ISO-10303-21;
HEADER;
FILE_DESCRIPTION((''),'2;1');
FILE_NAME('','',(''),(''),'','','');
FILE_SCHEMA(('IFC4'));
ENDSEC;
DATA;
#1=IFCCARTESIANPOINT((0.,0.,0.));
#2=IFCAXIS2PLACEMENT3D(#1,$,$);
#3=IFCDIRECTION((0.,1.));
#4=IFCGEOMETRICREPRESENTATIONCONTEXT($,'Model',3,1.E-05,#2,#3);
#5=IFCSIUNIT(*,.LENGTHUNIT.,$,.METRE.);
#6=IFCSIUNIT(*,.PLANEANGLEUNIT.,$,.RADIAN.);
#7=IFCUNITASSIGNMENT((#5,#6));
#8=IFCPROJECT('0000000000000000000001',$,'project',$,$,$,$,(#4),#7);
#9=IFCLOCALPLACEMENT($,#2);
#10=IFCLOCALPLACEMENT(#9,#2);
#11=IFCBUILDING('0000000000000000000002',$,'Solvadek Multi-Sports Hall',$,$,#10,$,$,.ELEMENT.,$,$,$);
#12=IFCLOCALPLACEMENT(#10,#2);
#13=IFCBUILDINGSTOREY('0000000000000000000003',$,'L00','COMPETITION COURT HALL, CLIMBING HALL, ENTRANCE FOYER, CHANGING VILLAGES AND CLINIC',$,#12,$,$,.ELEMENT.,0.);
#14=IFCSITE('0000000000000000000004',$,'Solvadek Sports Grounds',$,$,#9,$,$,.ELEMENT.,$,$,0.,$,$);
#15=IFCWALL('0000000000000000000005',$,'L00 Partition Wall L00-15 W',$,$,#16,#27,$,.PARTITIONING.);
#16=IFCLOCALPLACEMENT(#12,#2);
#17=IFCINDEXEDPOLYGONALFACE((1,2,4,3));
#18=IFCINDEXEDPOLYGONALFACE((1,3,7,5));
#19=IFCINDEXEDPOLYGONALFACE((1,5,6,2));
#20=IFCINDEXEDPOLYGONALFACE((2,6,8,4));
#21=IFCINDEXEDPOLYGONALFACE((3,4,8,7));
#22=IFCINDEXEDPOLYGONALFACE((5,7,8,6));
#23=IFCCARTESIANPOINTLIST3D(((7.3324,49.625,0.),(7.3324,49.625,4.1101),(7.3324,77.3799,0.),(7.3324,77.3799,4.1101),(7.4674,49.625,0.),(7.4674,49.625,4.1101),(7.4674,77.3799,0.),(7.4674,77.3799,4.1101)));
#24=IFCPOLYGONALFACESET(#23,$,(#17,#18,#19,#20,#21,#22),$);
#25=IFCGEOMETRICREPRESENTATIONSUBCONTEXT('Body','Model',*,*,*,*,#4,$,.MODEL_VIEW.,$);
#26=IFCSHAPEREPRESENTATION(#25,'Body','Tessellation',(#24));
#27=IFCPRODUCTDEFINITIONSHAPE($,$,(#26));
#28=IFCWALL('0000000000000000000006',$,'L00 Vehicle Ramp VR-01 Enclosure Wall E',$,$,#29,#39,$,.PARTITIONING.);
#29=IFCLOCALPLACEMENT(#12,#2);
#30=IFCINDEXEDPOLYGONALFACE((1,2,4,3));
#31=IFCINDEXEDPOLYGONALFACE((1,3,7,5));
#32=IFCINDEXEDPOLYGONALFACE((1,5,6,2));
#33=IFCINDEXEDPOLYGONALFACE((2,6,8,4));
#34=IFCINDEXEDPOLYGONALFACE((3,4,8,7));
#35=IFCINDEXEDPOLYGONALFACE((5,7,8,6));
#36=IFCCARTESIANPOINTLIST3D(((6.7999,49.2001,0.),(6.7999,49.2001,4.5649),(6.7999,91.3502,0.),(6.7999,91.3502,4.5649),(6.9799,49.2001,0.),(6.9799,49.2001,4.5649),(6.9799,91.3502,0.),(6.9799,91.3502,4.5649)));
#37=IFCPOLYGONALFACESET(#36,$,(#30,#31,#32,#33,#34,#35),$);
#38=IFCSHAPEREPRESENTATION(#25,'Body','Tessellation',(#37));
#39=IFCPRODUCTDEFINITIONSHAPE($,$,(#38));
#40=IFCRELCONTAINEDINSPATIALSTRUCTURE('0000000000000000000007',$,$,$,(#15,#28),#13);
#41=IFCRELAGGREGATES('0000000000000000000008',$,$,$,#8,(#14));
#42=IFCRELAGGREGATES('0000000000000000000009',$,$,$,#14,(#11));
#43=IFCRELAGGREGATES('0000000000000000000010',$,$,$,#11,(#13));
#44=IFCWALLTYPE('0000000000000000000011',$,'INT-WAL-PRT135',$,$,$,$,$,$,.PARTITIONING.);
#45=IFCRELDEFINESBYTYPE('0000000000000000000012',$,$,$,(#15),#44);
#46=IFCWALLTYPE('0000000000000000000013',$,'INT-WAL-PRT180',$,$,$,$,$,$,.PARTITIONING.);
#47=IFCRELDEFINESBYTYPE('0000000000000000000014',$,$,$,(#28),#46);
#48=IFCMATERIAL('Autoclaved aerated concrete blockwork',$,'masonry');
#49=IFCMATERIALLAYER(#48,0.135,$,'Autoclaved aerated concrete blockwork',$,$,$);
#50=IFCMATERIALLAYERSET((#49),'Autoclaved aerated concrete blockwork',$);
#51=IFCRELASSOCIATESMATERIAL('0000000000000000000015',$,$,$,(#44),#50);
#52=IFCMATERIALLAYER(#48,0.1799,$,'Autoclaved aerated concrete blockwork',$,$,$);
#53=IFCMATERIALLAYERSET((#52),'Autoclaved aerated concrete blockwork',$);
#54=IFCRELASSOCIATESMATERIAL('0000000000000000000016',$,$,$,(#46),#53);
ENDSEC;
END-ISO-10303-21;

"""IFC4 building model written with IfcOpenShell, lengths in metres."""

from ifc_helpers import new_model, si_unit, direction, frame, frame_2d, origin, place, context, subcontext, project, spatial, rectangle, extrude, material, layer, layer_set, type_object, element, save


model = new_model("IFC4")

# Units and contexts
model_context = context("Model", 3, precision=1e-05, world=origin(), true_north=direction((0.0, 1.0)))
body_context = subcontext(model_context, "Body", "Model", "MODEL_VIEW")
ifc_project = project(units=[si_unit("LENGTHUNIT", "METRE"), si_unit("PLANEANGLEUNIT", "RADIAN")], contexts=[model_context])

# Site, building, storey
site_placement = place(None, origin())
site = spatial("IfcSite", under=ifc_project, at=site_placement, Name="Solvadek Sports Grounds", CompositionType="ELEMENT", RefElevation=0.0)
building_placement = place(site_placement, origin())
building = spatial("IfcBuilding", under=site, at=building_placement, Name="Solvadek Multi-Sports Hall", CompositionType="ELEMENT")
storey_placement = place(building_placement, origin())
storey = spatial("IfcBuildingStorey", under=building, at=storey_placement, Name="L00", Description="COMPETITION COURT HALL, CLIMBING HALL, ENTRANCE FOYER, CHANGING VILLAGES AND CLINIC", CompositionType="ELEMENT", Elevation=0.0)

# Shared definitions
ifc_material_1 = material(Name="Autoclaved aerated concrete blockwork", Category="masonry")

# Walls
ifc_layer_1 = layer(ifc_material_1, 0.135, Name="Autoclaved aerated concrete blockwork")
ifc_layer_set_1 = layer_set([ifc_layer_1], Name="Autoclaved aerated concrete blockwork")
wall_type_1 = type_object("IfcWallType", Name="INT-WAL-PRT135", PredefinedType="PARTITIONING", material=ifc_layer_set_1)
wall_1_placement = place(storey_placement, frame((7.3999, 49.625, 0.0), z_axis=(0.0, 0.0, 1.0), x_axis=(0.0, 1.0, 0.0)))
element("IfcWall", 1, at=wall_1_placement, inside=storey, type_object=wall_type_1, Name="L00 Partition Wall L00-15 W", PredefinedType="PARTITIONING", context=body_context, shape_type="SweptSolid", body=[
    extrude(rectangle(XDim=27.7549, YDim=0.135, at=frame_2d((13.8774, 0.0))), origin(), (0.0, 0.0, 1.0), 4.1101),
])
ifc_layer_2 = layer(ifc_material_1, 0.1799, Name="Autoclaved aerated concrete blockwork")
ifc_layer_set_2 = layer_set([ifc_layer_2], Name="Autoclaved aerated concrete blockwork")
wall_type_2 = type_object("IfcWallType", Name="INT-WAL-PRT180", PredefinedType="PARTITIONING", material=ifc_layer_set_2)
wall_2_placement = place(storey_placement, frame((6.8899, 49.2, 0.0), z_axis=(0.0, 0.0, 1.0), x_axis=(0.0, 1.0, 0.0)))
element("IfcWall", 2, at=wall_2_placement, inside=storey, type_object=wall_type_2, Name="L00 Vehicle Ramp VR-01 Enclosure Wall E", PredefinedType="PARTITIONING", context=body_context, shape_type="SweptSolid", body=[
    extrude(rectangle(XDim=42.1501, YDim=0.1799, at=frame_2d((21.0752, 0.0))), origin(), (0.0, 0.0, 1.0), 4.5649),
])

save(model, "model.ifc")
